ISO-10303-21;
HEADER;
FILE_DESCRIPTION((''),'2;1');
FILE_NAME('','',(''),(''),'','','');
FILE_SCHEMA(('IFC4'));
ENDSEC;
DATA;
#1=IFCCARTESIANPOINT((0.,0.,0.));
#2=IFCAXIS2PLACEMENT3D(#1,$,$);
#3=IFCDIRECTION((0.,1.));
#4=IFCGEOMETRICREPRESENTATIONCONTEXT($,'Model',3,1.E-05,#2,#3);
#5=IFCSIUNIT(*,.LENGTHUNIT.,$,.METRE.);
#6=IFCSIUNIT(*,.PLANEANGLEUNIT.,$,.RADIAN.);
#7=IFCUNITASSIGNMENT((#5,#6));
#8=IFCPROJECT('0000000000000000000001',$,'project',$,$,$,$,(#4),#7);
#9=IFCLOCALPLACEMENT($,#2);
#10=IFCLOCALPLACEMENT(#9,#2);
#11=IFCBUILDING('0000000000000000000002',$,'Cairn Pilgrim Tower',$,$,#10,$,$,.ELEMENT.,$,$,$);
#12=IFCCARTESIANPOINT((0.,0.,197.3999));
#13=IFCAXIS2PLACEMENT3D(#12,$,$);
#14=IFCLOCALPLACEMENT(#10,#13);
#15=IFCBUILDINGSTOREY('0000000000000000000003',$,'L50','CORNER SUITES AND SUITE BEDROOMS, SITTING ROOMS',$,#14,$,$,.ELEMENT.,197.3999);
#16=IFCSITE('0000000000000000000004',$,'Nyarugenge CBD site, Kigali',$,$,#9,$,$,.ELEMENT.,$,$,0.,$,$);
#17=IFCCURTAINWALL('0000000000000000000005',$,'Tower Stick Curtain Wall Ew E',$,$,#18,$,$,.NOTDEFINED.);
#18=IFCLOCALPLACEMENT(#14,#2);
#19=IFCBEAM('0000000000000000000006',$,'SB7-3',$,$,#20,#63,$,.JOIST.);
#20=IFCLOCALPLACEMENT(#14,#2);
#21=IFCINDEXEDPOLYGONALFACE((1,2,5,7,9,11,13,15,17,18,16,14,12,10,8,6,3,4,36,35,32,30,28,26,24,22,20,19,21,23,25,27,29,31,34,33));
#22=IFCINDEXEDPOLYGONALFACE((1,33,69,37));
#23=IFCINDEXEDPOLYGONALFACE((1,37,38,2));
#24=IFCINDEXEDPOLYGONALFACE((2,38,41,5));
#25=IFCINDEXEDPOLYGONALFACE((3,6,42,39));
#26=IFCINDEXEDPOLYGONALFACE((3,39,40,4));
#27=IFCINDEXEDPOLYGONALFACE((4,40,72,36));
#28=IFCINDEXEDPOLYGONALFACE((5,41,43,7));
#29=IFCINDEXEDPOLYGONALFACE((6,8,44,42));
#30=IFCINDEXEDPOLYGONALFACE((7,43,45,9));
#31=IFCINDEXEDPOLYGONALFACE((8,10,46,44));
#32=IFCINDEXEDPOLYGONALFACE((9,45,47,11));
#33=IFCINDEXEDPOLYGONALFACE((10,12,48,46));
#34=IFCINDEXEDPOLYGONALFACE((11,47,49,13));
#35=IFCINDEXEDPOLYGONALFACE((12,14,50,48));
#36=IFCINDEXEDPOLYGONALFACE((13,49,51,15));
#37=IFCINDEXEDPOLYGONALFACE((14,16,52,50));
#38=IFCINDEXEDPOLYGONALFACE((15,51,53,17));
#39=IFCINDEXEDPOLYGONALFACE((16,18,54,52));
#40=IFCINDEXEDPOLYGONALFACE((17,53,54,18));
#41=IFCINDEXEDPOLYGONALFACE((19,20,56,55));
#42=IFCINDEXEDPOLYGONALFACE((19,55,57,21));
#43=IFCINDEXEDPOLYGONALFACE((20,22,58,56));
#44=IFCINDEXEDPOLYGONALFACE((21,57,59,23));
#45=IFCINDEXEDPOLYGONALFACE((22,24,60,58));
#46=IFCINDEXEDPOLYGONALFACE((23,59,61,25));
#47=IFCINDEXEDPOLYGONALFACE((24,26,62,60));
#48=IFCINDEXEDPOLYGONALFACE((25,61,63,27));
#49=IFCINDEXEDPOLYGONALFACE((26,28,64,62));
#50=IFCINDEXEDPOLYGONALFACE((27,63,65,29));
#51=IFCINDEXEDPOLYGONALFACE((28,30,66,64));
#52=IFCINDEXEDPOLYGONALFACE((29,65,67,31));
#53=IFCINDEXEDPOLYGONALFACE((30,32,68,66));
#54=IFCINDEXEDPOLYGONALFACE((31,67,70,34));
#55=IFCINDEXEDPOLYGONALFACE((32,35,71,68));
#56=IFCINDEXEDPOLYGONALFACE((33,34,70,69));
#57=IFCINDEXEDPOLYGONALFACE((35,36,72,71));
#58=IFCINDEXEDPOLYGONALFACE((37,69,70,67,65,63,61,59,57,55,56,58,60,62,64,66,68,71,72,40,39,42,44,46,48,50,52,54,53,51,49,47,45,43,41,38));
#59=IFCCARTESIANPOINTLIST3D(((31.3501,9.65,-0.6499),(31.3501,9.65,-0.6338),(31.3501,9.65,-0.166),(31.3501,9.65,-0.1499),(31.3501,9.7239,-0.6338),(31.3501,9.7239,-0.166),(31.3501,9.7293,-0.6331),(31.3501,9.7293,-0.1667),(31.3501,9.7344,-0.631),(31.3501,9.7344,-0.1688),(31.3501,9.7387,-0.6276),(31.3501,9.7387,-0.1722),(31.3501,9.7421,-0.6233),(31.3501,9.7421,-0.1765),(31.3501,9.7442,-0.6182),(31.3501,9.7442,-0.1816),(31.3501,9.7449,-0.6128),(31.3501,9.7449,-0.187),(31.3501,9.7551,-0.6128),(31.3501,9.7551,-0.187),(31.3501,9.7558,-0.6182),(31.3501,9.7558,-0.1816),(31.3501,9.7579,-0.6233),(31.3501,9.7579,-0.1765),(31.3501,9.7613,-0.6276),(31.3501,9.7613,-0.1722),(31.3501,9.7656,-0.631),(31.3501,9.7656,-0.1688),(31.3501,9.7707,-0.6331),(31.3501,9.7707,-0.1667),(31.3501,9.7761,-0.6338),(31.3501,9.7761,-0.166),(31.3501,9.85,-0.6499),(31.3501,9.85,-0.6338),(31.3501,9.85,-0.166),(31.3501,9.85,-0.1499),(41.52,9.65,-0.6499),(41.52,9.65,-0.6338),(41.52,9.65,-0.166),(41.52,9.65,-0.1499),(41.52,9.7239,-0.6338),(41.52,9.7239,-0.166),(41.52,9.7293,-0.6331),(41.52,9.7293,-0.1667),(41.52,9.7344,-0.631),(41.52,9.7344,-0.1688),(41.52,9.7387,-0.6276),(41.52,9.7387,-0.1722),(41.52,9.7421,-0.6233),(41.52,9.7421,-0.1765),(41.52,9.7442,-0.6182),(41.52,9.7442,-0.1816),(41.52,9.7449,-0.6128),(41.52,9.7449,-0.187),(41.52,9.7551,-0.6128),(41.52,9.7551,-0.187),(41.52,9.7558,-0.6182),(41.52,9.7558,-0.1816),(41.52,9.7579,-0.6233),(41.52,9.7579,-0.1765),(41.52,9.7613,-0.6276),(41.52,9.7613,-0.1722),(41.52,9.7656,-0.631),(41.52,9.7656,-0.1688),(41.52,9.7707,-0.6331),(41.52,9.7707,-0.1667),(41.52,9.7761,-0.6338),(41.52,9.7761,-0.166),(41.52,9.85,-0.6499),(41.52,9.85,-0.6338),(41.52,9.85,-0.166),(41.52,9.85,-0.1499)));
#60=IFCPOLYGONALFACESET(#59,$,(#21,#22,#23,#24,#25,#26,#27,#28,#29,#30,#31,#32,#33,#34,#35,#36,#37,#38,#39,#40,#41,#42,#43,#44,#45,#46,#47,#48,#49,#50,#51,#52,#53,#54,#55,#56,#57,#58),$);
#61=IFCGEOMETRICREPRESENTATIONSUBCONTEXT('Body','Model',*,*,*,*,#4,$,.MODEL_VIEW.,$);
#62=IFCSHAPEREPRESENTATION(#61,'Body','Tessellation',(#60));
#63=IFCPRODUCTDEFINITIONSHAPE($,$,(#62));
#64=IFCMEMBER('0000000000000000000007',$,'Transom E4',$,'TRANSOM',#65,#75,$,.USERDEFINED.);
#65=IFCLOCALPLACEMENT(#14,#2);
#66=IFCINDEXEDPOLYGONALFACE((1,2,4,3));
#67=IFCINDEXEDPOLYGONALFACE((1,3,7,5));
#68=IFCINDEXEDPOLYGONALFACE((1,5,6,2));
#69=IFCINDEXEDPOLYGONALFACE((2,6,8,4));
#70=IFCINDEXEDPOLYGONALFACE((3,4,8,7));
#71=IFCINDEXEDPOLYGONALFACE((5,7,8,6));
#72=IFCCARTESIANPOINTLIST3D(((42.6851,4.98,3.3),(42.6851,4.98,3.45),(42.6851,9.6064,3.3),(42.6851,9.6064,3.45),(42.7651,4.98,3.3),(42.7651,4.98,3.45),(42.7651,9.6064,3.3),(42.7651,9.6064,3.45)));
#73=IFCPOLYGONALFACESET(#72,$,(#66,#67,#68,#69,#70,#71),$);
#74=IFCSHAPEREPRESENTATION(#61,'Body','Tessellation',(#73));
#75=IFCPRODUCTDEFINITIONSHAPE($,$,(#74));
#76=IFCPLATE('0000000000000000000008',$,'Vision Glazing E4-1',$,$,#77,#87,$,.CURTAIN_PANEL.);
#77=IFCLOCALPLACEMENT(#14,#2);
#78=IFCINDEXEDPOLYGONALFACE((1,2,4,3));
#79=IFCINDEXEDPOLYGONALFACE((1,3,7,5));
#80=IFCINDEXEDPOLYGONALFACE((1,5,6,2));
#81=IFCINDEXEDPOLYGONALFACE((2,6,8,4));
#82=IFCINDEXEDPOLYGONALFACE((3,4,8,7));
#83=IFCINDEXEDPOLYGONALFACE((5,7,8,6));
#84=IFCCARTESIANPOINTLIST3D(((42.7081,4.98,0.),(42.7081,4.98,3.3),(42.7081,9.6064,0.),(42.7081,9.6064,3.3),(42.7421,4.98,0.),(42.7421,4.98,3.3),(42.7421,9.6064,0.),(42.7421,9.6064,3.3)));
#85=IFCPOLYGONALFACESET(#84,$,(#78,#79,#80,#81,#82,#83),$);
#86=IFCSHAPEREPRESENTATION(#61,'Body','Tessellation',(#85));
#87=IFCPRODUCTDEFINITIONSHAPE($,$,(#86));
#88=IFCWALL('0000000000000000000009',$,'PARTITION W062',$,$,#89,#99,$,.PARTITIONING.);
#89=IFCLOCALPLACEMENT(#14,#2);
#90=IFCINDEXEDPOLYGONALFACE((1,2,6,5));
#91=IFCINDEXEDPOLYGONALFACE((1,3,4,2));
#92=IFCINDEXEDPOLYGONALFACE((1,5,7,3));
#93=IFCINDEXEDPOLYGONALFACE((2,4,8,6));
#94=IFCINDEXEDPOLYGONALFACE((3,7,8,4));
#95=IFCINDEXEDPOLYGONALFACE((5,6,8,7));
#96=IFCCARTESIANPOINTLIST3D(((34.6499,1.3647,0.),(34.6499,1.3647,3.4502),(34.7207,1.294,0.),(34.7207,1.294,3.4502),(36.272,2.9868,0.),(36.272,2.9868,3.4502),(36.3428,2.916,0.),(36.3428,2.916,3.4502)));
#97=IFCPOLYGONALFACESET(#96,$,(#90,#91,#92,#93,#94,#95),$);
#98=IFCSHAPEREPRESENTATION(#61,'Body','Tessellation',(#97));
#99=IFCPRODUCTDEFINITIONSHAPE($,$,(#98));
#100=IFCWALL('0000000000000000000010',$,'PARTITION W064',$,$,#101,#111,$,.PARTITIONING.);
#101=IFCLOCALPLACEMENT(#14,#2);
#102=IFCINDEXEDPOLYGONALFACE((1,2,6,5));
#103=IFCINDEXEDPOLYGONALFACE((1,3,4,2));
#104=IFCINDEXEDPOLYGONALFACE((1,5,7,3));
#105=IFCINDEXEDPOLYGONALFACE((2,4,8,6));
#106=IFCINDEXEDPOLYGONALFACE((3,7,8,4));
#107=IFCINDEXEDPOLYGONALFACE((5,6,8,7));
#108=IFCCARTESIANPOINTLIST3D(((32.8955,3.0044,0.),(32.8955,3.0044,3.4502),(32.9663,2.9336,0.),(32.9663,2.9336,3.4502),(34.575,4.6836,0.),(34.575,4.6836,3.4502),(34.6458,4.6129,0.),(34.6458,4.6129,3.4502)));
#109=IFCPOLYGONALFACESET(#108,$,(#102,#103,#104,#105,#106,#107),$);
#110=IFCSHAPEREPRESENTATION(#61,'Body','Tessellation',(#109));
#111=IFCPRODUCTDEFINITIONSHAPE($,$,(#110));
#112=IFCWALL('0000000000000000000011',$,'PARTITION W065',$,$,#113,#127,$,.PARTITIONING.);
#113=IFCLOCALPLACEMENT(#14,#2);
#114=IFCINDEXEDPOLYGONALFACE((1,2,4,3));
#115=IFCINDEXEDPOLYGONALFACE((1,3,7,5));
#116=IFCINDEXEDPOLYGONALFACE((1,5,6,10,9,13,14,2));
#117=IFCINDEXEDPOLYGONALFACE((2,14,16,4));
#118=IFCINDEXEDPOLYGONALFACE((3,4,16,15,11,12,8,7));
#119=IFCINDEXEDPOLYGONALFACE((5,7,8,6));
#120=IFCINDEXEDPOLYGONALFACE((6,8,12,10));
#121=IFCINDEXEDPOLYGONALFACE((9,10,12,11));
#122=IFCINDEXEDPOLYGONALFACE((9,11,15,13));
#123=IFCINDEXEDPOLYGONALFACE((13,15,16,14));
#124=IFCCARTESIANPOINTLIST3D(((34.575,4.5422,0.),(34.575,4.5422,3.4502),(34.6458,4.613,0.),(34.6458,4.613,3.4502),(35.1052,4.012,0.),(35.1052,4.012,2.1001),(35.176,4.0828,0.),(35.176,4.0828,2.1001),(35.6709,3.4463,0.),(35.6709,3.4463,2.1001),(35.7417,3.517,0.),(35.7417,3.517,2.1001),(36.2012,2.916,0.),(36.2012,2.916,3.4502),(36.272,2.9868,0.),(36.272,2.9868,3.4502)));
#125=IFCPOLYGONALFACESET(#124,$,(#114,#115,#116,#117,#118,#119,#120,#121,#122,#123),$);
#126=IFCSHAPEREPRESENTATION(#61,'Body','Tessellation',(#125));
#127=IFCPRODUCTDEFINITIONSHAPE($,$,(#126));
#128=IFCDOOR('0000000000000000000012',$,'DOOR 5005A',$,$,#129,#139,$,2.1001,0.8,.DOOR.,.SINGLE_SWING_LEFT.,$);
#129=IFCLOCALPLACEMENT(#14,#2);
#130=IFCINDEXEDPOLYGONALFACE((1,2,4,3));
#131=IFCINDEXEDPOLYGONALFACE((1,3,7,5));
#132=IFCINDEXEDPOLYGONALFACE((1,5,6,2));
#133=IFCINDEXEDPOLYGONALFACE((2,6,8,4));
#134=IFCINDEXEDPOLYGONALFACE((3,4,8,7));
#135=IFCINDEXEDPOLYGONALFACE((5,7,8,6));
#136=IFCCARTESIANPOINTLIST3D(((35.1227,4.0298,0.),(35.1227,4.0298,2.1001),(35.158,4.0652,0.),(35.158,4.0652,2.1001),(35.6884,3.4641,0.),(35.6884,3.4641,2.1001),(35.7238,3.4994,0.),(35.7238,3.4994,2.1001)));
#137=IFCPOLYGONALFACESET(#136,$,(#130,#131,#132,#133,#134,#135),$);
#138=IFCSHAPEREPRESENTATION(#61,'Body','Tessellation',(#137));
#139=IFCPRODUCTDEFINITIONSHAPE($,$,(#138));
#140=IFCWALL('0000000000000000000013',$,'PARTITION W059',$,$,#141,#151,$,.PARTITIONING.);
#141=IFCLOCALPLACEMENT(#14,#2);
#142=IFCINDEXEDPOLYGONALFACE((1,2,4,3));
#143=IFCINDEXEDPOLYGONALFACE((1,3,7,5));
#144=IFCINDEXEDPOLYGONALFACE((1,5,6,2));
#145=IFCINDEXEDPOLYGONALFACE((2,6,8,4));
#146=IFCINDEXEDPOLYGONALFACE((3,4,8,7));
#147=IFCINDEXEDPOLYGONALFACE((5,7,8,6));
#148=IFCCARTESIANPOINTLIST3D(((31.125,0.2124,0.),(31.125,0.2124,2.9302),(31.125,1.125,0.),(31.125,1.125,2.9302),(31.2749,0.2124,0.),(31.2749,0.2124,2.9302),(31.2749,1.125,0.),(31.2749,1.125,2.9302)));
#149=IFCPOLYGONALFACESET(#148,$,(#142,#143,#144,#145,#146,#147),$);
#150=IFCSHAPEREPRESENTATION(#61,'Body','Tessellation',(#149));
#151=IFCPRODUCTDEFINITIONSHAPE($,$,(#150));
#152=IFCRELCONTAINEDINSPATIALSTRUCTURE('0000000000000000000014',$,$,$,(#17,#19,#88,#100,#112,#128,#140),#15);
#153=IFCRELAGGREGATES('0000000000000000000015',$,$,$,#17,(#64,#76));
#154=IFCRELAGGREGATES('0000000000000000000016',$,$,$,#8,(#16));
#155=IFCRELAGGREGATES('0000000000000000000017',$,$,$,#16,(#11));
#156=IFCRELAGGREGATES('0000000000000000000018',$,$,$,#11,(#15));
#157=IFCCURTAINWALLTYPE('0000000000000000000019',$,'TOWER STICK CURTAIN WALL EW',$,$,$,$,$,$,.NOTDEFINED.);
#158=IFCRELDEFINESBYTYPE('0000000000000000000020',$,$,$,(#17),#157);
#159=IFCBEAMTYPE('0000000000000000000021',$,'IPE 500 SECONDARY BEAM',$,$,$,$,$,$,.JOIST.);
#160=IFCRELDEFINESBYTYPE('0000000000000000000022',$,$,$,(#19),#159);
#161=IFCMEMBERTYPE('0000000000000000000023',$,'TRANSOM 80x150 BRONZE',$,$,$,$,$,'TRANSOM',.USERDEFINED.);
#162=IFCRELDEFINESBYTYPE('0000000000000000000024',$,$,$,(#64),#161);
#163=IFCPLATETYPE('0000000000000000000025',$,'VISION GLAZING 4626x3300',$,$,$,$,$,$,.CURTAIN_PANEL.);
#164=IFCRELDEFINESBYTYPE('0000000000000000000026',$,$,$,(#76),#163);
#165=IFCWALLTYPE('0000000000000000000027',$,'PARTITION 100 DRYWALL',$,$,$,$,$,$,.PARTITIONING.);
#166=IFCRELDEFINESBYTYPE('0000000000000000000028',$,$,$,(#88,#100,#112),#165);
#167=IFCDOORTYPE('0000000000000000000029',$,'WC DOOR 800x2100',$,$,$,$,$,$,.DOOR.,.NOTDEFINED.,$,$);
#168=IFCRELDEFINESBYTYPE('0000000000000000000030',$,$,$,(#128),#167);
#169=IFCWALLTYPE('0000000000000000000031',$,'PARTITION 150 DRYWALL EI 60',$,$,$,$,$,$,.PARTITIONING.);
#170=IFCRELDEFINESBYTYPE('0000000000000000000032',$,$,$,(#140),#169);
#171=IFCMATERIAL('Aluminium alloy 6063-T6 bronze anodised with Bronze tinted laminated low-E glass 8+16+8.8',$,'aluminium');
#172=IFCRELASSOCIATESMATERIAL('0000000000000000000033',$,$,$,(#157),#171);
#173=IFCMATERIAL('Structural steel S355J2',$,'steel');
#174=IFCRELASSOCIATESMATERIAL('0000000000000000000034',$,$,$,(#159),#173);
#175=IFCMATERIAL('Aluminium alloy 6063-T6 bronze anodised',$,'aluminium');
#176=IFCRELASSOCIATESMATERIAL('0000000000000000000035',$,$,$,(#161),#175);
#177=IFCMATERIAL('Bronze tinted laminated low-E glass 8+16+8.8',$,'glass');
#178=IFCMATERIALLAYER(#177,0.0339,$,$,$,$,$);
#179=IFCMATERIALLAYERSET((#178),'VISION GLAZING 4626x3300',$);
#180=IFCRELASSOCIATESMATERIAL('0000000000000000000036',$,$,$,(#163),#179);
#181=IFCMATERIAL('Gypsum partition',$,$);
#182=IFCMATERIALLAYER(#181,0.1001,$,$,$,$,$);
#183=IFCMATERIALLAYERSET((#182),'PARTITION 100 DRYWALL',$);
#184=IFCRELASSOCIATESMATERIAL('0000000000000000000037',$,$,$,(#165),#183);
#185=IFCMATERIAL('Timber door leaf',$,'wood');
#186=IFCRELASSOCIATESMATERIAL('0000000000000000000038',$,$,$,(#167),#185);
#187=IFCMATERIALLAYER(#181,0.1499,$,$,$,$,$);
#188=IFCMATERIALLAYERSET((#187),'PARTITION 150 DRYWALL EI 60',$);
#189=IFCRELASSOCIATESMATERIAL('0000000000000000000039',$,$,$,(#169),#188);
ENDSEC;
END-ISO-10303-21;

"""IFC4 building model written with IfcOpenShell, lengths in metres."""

from ifc_helpers import new_model, si_unit, direction, frame, frame_2d, origin, origin_2d, place, context, subcontext, project, spatial, rectangle, i_section, extrude, material, layer, layer_set, material_profile, profile_set, type_object, element, fill, aggregate, save


model = new_model("IFC4")

# Units and contexts
model_context = context("Model", 3, precision=1e-05, world=origin(), true_north=direction((0.0, 1.0)))
body_context = subcontext(model_context, "Body", "Model", "MODEL_VIEW")
ifc_project = project(units=[si_unit("LENGTHUNIT", "METRE"), si_unit("PLANEANGLEUNIT", "RADIAN")], contexts=[model_context])

# Site, building, storey
site_placement = place(None, origin())
site = spatial("IfcSite", under=ifc_project, at=site_placement, Name="Nyarugenge CBD site, Kigali", CompositionType="ELEMENT", RefElevation=0.0)
building_placement = place(site_placement, origin())
building = spatial("IfcBuilding", under=site, at=building_placement, Name="Cairn Pilgrim Tower", CompositionType="ELEMENT")
storey_placement = place(building_placement, frame((0.0, 0.0, 197.3999)))
storey = spatial("IfcBuildingStorey", under=building, at=storey_placement, Name="L50", Description="CORNER SUITES AND SUITE BEDROOMS, SITTING ROOMS", CompositionType="ELEMENT", Elevation=197.3999)

# Curtain wall
ifc_material_1 = material(Name="Aluminium alloy 6063-T6 bronze anodised with Bronze tinted laminated low-E glass 8+16+8.8", Category="aluminium")
curtain_wall_type_1 = type_object("IfcCurtainWallType", Name="TOWER STICK CURTAIN WALL EW", PredefinedType="NOTDEFINED", material=ifc_material_1)
curtain_wall_1_placement = place(storey_placement, origin())
curtain_wall_1 = element("IfcCurtainWall", 1, at=curtain_wall_1_placement, inside=storey, type_object=curtain_wall_type_1, Name="Tower Stick Curtain Wall Ew E", PredefinedType="NOTDEFINED")
ifc_material_2 = material(Name="Aluminium alloy 6063-T6 bronze anodised", Category="aluminium")

# Beam
ifc_material_3 = material(Name="Structural steel S355J2", Category="steel")
ifc_material_profile_1 = material_profile(ifc_material_3, i_section(OverallWidth=0.2, OverallDepth=0.5, WebThickness=0.0103, FlangeThickness=0.0161, FilletRadius=0.021, at=origin_2d()), Name="IPE 500")
ifc_profile_set_1 = profile_set([ifc_material_profile_1], Name="Structural steel S355J2")
beam_type_1 = type_object("IfcBeamType", Name="IPE 500 SECONDARY BEAM", PredefinedType="JOIST", material=ifc_profile_set_1)
beam_1_placement = place(storey_placement, frame((31.3501, 9.75, -0.3999), z_axis=(1.0, 0.0, 0.0), x_axis=(0.0, 1.0, 0.0)))
element("IfcBeam", 2, at=beam_1_placement, inside=storey, type_object=beam_type_1, Name="SB7-3", PredefinedType="JOIST", context=body_context, shape_type="SweptSolid", body=[
    extrude(i_section(OverallWidth=0.2, OverallDepth=0.5, WebThickness=0.0103, FlangeThickness=0.0161, FilletRadius=0.021, at=origin_2d()), origin(), (0.0, 0.0, 1.0), 10.1699),
])

# Member
ifc_material_profile_2 = material_profile(ifc_material_2, rectangle(XDim=0.0801, YDim=0.1499, at=origin_2d()), Name="TRANSOM 80x150 BRONZE")
ifc_profile_set_2 = profile_set([ifc_material_profile_2], Name="Aluminium alloy 6063-T6 bronze anodised")
member_type_1 = type_object("IfcMemberType", Name="TRANSOM 80x150 BRONZE", ElementType="TRANSOM", PredefinedType="USERDEFINED", material=ifc_profile_set_2)
member_1_placement = place(storey_placement, frame((42.7251, 4.98, 3.375), z_axis=(0.0, 1.0, 0.0), x_axis=(-1.0, 0.0, 0.0)))
member_1 = element("IfcMember", 3, at=member_1_placement, type_object=member_type_1, Name="Transom E4", ObjectType="TRANSOM", PredefinedType="USERDEFINED", context=body_context, shape_type="SweptSolid", body=[
    extrude(rectangle(XDim=0.0801, YDim=0.1499, at=origin_2d()), origin(), (0.0, 0.0, 1.0), 4.6265),
])

# Plate
ifc_material_4 = material(Name="Bronze tinted laminated low-E glass 8+16+8.8", Category="glass")
ifc_layer_1 = layer(ifc_material_4, 0.0339)
ifc_layer_set_1 = layer_set([ifc_layer_1], Name="VISION GLAZING 4626x3300")
plate_type = type_object("IfcPlateType", Name="VISION GLAZING 4626x3300", PredefinedType="CURTAIN_PANEL", material=ifc_layer_set_1)
plate_placement = place(storey_placement, frame((42.7251, 7.2932, 0.0), z_axis=(0.0, 0.0, 1.0), x_axis=(0.0, 1.0, 0.0)))
plate = element("IfcPlate", 4, at=plate_placement, type_object=plate_type, Name="Vision Glazing E4-1", PredefinedType="CURTAIN_PANEL", context=body_context, shape_type="SweptSolid", body=[
    extrude(rectangle(XDim=4.6265, YDim=0.0339, at=origin_2d()), origin(), (0.0, 0.0, 1.0), 3.3),
])
aggregate(curtain_wall_1, [member_1, plate])

# Walls
ifc_material_5 = material(Name="Gypsum partition")
ifc_layer_2 = layer(ifc_material_5, 0.1001)
ifc_layer_set_2 = layer_set([ifc_layer_2], Name="PARTITION 100 DRYWALL")
wall_type_1 = type_object("IfcWallType", Name="PARTITION 100 DRYWALL", PredefinedType="PARTITIONING", material=ifc_layer_set_2)
wall_1_placement = place(storey_placement, frame((34.6853, 1.3293, 0.0), z_axis=(0.0, 0.0, 1.0), x_axis=(0.707107, 0.707107, 0.0)))
element("IfcWall", 5, at=wall_1_placement, inside=storey, type_object=wall_type_1, Name="PARTITION W062", PredefinedType="PARTITIONING", context=body_context, shape_type="SweptSolid", body=[
    extrude(rectangle(XDim=2.2939, YDim=0.1001, at=frame_2d((1.147, 0.0))), origin(), (0.0, 0.0, 1.0), 3.4502),
])
wall_2_placement = place(storey_placement, frame((32.9309, 2.969, 0.0), z_axis=(0.0, 0.0, 1.0), x_axis=(0.707158, 0.707055, 0.0)))
element("IfcWall", 6, at=wall_2_placement, inside=storey, type_object=wall_type_1, Name="PARTITION W064", PredefinedType="PARTITIONING", context=body_context, shape_type="SweptSolid", body=[
    extrude(rectangle(XDim=2.375, YDim=0.1001, at=frame_2d((1.1875, 0.0))), origin(), (0.0, 0.0, 1.0), 3.4502),
])

# Wall, opening, door
wall_3_placement = place(storey_placement, frame((36.2366, 2.9514, 0.0), z_axis=(0.0, 0.0, 1.0), x_axis=(-0.707107, 0.707107, 0.0)))
wall_3 = element("IfcWall", 7, at=wall_3_placement, inside=storey, type_object=wall_type_1, Name="PARTITION W065", PredefinedType="PARTITIONING", context=body_context, shape_type="SweptSolid", body=[
    extrude(rectangle(XDim=2.2998, YDim=0.1001, at=frame_2d((1.1499, 0.0))), origin(), (0.0, 0.0, 1.0), 3.4502),
])
opening_1_placement = place(wall_3_placement, frame((0.75, 0.0, 0.0)))
opening_1 = element("IfcOpeningElement", 8, at=opening_1_placement, cuts=wall_3, PredefinedType="OPENING", context=body_context, shape_type="SweptSolid", body=[
    extrude(rectangle(XDim=0.8, YDim=2.1001, at=frame_2d((0.3999, 1.05))), frame((0.0, 0.0601, 0.0), z_axis=(0.0, -1.0, 0.0), x_axis=(1.0, 0.0, 0.0)), (0.0, 0.0, 1.0), 0.1201),
])
ifc_material_6 = material(Name="Timber door leaf", Category="wood")
door_type_1 = type_object("IfcDoorType", Name="WC DOOR 800x2100", OperationType="NOTDEFINED", PredefinedType="DOOR", material=ifc_material_6)
door_1_placement = place(opening_1_placement, frame((0.8, 0.0, 0.0), z_axis=(0.0, 0.0, 1.0), x_axis=(-1.0, 0.0, 0.0)))
door_1 = element("IfcDoor", 9, at=door_1_placement, inside=storey, type_object=door_type_1, Name="DOOR 5005A", OperationType="SINGLE_SWING_LEFT", OverallHeight=2.1001, OverallWidth=0.8, PredefinedType="DOOR", context=body_context, shape_type="SweptSolid", body=[
    extrude(rectangle(XDim=0.8, YDim=2.1001, at=frame_2d((0.3999, 1.05))), frame((0.0, 0.0249, 0.0), z_axis=(0.0, -1.0, 0.0), x_axis=(1.0, 0.0, 0.0)), (0.0, 0.0, 1.0), 0.05),
])
fill(opening_1, door_1)

# Wall
ifc_layer_3 = layer(ifc_material_5, 0.1499)
ifc_layer_set_3 = layer_set([ifc_layer_3], Name="PARTITION 150 DRYWALL EI 60")
wall_type_2 = type_object("IfcWallType", Name="PARTITION 150 DRYWALL EI 60", PredefinedType="PARTITIONING", material=ifc_layer_set_3)
wall_4_placement = place(storey_placement, frame((31.2, 0.2124, 0.0), z_axis=(0.0, 0.0, 1.0), x_axis=(0.0, 1.0, 0.0)))
element("IfcWall", 10, at=wall_4_placement, inside=storey, type_object=wall_type_2, Name="PARTITION W059", PredefinedType="PARTITIONING", context=body_context, shape_type="SweptSolid", body=[
    extrude(rectangle(XDim=0.9126, YDim=0.1499, at=frame_2d((0.4563, 0.0))), origin(), (0.0, 0.0, 1.0), 2.9302),
])

save(model, "model.ifc")
